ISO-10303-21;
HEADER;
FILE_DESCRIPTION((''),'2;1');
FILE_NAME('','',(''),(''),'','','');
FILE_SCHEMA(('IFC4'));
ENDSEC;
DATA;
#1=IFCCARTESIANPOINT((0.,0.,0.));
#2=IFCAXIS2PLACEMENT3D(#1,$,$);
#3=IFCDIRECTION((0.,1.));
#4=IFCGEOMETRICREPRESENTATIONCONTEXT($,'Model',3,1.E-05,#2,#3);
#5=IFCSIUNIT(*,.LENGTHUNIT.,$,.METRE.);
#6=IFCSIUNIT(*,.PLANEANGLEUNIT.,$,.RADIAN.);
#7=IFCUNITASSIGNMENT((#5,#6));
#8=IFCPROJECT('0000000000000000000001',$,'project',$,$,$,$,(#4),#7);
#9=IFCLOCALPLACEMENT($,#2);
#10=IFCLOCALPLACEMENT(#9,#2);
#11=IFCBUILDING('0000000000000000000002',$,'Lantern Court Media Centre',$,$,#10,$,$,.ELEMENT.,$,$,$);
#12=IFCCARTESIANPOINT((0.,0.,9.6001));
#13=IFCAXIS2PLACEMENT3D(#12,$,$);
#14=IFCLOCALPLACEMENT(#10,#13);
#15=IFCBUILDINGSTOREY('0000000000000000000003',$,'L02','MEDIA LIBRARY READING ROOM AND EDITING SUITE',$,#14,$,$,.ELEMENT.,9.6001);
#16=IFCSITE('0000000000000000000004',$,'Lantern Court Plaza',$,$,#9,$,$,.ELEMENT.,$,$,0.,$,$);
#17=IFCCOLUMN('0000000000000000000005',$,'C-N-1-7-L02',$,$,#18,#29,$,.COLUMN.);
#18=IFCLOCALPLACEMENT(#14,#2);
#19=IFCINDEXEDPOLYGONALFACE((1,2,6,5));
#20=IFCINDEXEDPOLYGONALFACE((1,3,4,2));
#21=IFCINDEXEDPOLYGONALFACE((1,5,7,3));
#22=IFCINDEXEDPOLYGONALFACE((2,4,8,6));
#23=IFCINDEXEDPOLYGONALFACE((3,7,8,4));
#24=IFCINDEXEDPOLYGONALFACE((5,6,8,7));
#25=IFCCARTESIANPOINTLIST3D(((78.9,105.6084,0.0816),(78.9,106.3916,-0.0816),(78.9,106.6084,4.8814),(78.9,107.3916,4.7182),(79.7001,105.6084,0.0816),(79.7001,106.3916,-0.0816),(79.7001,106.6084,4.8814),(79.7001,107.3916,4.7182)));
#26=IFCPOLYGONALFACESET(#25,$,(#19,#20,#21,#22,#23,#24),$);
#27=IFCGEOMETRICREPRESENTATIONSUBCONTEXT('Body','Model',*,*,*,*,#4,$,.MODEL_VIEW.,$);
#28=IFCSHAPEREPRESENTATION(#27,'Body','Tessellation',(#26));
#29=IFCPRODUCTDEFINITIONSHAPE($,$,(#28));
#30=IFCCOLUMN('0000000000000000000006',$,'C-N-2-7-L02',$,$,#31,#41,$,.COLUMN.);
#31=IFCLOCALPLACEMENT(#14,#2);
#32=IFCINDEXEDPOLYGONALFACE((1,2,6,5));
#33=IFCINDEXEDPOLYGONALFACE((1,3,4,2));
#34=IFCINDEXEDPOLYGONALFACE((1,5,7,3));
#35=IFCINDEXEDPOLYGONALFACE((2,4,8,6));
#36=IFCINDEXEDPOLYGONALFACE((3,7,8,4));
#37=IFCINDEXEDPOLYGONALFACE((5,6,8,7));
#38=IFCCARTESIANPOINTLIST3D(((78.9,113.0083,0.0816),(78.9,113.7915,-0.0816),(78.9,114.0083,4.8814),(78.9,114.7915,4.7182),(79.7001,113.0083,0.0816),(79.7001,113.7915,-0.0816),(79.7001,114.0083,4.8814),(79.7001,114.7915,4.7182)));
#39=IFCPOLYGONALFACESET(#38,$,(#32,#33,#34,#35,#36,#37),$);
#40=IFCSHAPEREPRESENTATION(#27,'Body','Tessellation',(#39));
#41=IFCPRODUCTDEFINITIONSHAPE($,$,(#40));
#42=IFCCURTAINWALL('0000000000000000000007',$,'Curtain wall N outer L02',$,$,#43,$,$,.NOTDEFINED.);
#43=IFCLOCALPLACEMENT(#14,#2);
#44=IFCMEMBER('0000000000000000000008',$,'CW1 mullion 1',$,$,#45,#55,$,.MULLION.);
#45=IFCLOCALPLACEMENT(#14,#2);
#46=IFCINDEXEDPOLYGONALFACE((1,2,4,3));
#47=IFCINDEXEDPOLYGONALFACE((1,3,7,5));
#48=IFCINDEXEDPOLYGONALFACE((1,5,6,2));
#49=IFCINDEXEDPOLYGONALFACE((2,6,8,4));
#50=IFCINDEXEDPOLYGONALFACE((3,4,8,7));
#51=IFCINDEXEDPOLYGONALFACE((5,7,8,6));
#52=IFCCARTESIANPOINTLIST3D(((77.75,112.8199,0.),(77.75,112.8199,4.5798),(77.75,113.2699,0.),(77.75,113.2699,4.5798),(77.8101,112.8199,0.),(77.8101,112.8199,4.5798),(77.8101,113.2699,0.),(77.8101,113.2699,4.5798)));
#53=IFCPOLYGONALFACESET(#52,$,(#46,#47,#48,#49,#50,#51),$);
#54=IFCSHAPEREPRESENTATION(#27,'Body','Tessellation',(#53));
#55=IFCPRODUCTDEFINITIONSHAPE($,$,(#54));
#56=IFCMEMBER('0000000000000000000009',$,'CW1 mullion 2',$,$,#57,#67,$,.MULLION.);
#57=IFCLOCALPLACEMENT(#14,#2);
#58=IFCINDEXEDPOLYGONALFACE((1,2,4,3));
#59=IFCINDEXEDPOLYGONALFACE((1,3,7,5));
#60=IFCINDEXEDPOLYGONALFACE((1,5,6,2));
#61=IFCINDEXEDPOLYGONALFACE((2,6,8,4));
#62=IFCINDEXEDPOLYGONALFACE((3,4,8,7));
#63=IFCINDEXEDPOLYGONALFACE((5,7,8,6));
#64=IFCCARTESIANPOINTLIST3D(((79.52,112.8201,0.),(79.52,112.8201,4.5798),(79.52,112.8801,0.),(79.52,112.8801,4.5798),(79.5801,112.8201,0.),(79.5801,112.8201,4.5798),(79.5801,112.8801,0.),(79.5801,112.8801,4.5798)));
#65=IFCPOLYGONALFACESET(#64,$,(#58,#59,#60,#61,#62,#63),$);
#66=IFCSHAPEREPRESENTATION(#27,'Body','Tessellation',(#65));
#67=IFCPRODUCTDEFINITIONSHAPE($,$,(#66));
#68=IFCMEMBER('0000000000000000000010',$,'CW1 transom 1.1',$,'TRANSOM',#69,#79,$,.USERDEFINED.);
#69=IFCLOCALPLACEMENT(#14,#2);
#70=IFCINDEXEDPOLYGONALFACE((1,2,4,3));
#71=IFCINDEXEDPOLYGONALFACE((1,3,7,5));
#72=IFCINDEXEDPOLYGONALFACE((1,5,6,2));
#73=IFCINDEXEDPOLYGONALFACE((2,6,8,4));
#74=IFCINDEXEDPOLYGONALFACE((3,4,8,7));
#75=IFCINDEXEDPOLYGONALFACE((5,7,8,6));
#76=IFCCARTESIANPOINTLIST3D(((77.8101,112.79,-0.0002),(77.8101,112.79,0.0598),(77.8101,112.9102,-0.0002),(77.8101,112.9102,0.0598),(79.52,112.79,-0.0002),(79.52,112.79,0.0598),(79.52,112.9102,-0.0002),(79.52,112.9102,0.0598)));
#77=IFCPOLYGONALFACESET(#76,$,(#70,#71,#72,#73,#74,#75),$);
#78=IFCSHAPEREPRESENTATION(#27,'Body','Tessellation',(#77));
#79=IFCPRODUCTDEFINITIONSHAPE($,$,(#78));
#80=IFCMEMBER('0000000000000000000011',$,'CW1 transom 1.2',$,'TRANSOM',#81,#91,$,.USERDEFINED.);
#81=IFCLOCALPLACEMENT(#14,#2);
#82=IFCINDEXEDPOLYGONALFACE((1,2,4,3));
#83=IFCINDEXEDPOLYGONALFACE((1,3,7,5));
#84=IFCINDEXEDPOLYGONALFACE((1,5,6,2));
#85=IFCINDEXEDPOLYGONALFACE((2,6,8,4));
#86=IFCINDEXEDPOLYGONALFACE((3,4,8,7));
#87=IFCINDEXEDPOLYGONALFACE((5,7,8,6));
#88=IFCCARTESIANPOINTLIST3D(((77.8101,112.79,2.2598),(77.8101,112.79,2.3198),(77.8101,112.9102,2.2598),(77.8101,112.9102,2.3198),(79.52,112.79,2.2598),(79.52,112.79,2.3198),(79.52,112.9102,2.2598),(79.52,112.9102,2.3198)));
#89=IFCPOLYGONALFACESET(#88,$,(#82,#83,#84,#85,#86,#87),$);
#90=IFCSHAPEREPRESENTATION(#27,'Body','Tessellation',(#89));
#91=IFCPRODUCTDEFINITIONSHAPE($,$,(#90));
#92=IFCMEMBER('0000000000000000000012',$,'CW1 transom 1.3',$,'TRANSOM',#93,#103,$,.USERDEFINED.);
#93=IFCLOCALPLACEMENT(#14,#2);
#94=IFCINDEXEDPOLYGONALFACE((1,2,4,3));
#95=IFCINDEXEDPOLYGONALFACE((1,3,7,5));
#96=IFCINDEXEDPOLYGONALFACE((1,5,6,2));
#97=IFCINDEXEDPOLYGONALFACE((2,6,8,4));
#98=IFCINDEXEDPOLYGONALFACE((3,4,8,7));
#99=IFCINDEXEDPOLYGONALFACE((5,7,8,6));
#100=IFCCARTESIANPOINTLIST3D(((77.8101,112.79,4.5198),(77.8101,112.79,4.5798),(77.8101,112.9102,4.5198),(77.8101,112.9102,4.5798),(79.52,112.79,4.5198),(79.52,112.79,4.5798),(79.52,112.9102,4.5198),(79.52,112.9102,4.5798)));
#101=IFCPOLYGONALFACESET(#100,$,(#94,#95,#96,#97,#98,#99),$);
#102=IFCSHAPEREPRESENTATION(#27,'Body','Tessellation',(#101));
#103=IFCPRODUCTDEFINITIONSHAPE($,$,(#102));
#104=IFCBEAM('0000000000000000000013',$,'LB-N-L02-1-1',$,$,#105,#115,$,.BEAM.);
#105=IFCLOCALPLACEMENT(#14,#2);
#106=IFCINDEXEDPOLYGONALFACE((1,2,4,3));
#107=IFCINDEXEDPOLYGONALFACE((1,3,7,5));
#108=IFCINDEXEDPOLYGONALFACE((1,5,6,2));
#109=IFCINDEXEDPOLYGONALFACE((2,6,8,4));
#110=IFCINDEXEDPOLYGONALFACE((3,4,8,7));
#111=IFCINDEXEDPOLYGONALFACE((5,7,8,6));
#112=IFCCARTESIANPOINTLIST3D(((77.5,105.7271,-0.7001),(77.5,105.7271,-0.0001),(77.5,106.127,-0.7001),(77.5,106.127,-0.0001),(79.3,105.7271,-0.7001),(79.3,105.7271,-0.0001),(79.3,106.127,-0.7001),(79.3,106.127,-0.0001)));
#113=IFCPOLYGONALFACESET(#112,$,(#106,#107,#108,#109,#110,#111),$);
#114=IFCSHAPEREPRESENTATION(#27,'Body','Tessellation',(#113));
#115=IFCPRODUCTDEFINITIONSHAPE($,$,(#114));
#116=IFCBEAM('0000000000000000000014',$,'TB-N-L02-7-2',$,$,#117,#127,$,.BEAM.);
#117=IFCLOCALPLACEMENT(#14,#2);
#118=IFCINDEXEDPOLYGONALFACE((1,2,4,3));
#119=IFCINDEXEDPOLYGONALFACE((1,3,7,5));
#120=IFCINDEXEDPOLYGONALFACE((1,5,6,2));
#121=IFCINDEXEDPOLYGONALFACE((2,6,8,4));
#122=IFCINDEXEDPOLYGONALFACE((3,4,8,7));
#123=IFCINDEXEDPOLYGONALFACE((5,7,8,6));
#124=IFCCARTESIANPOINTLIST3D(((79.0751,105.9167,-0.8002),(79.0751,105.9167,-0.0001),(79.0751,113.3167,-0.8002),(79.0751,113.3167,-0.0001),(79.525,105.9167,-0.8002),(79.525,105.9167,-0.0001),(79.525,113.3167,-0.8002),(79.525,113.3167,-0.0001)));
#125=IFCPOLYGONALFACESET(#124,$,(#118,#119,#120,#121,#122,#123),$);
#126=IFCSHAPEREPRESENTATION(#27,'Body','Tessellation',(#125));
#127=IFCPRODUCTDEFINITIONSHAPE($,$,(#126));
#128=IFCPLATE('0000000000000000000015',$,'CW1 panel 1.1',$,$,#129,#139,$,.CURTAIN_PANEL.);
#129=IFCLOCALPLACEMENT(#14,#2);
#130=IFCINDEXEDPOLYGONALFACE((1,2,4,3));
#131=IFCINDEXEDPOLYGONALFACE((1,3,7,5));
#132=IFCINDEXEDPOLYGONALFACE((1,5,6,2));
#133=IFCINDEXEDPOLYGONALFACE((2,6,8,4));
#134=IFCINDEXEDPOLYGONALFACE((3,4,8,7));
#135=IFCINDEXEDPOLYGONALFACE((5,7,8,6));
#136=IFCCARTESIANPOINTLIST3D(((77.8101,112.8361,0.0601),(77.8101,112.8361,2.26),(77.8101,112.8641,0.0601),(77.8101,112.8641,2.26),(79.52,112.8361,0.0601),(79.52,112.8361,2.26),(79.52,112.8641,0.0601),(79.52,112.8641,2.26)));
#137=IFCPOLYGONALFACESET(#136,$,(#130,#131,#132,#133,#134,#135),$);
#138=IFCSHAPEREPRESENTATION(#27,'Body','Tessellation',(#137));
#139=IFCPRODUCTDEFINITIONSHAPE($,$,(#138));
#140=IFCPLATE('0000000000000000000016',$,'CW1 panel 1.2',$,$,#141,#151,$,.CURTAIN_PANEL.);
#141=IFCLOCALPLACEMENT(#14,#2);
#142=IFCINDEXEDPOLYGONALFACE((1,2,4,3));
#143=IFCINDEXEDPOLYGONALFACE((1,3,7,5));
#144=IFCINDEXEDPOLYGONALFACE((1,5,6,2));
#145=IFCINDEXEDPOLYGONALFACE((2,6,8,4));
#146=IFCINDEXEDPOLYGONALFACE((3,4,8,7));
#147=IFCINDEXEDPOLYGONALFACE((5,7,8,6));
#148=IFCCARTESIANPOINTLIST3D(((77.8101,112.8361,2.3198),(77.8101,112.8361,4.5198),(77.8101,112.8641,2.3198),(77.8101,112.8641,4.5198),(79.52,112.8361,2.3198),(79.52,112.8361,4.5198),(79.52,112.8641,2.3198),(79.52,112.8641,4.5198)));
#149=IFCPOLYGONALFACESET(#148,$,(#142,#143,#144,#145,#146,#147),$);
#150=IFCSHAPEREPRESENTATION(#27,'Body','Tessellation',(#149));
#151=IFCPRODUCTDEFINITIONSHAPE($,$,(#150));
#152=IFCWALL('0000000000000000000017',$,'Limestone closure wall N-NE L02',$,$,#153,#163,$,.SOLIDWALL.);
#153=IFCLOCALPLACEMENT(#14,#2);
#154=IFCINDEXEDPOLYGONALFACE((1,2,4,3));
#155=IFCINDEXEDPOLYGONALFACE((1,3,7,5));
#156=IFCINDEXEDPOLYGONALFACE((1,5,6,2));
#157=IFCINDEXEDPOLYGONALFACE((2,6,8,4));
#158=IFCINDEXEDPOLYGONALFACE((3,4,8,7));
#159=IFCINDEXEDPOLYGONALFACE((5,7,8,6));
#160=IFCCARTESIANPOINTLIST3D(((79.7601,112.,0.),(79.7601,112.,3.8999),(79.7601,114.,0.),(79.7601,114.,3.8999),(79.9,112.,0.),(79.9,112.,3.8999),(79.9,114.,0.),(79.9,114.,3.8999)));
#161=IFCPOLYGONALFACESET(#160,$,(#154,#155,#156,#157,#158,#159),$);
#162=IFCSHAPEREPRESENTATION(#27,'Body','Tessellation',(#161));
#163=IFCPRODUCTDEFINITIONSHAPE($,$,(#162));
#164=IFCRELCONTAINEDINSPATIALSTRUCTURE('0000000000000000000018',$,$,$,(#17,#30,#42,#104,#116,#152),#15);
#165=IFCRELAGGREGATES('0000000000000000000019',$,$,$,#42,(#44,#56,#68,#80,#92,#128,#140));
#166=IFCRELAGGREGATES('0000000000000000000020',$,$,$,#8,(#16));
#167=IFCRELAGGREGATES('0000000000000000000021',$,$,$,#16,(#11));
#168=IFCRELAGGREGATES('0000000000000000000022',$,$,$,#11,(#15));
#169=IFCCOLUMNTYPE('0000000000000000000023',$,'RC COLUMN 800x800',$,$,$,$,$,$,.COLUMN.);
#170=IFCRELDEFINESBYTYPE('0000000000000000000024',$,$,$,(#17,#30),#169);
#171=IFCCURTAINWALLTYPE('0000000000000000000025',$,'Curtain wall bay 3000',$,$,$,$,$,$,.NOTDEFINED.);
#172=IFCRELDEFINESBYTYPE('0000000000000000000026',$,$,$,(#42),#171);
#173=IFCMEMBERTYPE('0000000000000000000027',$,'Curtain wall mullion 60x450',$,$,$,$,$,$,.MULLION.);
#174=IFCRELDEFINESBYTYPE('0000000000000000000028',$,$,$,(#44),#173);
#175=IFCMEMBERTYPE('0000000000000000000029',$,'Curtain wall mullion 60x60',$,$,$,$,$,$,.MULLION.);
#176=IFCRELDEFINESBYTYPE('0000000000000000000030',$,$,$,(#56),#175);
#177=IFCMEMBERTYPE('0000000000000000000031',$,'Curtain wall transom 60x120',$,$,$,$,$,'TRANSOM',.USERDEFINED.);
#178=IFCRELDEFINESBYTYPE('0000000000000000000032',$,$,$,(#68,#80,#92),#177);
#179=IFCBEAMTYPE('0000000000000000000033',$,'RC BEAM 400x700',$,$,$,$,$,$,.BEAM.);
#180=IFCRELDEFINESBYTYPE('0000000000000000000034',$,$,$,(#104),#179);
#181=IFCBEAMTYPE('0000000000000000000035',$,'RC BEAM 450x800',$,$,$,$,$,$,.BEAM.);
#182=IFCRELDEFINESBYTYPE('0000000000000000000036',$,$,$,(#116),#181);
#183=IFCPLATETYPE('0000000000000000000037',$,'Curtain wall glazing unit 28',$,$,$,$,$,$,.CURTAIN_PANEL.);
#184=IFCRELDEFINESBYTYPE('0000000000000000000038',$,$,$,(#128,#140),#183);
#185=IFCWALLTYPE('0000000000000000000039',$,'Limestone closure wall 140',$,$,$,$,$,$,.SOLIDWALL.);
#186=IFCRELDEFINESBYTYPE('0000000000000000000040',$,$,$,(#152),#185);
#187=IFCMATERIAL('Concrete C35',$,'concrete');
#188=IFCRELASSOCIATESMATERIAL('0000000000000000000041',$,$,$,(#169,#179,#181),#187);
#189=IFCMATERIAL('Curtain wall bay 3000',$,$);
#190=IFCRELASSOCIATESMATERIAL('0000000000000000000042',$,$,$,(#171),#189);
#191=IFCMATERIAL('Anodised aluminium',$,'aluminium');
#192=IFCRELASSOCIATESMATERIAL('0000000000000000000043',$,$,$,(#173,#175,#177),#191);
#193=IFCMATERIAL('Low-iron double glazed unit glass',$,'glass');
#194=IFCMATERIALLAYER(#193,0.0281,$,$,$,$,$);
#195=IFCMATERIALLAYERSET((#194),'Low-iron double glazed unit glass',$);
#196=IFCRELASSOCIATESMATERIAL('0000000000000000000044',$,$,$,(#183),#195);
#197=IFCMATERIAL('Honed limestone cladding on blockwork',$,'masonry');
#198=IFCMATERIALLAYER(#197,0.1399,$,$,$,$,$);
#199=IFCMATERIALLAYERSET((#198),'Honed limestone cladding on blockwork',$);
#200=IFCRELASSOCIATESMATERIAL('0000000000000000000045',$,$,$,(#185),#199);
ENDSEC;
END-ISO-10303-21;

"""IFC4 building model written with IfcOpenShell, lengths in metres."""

from ifc_helpers import new_model, si_unit, direction, frame, frame_2d, origin, origin_2d, place, context, subcontext, project, spatial, rectangle, extrude, material, layer, layer_set, material_profile, profile_set, type_object, element, aggregate, save


model = new_model("IFC4")

# Units and contexts
model_context = context("Model", 3, precision=1e-05, world=origin(), true_north=direction((0.0, 1.0)))
body_context = subcontext(model_context, "Body", "Model", "MODEL_VIEW")
ifc_project = project(units=[si_unit("LENGTHUNIT", "METRE"), si_unit("PLANEANGLEUNIT", "RADIAN")], contexts=[model_context])

# Site, building, storey
site_placement = place(None, origin())
site = spatial("IfcSite", under=ifc_project, at=site_placement, Name="Lantern Court Plaza", CompositionType="ELEMENT", RefElevation=0.0)
building_placement = place(site_placement, origin())
building = spatial("IfcBuilding", under=site, at=building_placement, Name="Lantern Court Media Centre", CompositionType="ELEMENT")
storey_placement = place(building_placement, frame((0.0, 0.0, 9.6001)))
storey = spatial("IfcBuildingStorey", under=building, at=storey_placement, Name="L02", Description="MEDIA LIBRARY READING ROOM AND EDITING SUITE", CompositionType="ELEMENT", Elevation=9.6001)

# Columns
ifc_material_1 = material(Name="Concrete C35", Category="concrete")
ifc_material_profile_1 = material_profile(ifc_material_1, rectangle(XDim=0.8, YDim=0.8, at=origin_2d()), Name="RC 800x800")
ifc_profile_set_1 = profile_set([ifc_material_profile_1], Name="Concrete C35")
column_type = type_object("IfcColumnType", Name="RC COLUMN 800x800", PredefinedType="COLUMN", material=ifc_profile_set_1)
for number, where, z_axis, x_axis, name in (
    (1, (79.3, 106.0, 0.0), (0.0, 0.203962, 0.978979), (-1.0, 0.0, 0.0), "C-N-1-7-L02"),
    (2, (79.3, 113.3999, 0.0), (0.0, 0.203962, 0.978979), (-1.0, 0.0, 0.0), "C-N-2-7-L02"),
):
    element("IfcColumn", number, at=place(storey_placement, frame(where, z_axis=z_axis, x_axis=x_axis)), inside=storey, type_object=column_type, Name=name, PredefinedType="COLUMN", context=body_context, shape_type="SweptSolid", body=[
        extrude(rectangle(XDim=0.8, YDim=0.8, at=origin_2d()), origin(), (0.0, 0.0, 1.0), 4.9028),
    ])

# Curtain wall, members
ifc_material_2 = material(Name="Curtain wall bay 3000")
curtain_wall_type = type_object("IfcCurtainWallType", Name="Curtain wall bay 3000", PredefinedType="NOTDEFINED", material=ifc_material_2)
curtain_wall_placement = place(storey_placement, origin())
curtain_wall = element("IfcCurtainWall", 3, at=curtain_wall_placement, inside=storey, type_object=curtain_wall_type, Name="Curtain wall N outer L02", PredefinedType="NOTDEFINED")
ifc_material_3 = material(Name="Anodised aluminium", Category="aluminium")
ifc_material_profile_2 = material_profile(ifc_material_3, rectangle(XDim=0.45, YDim=0.0601, at=origin_2d()), Name="AL 60x450")
ifc_profile_set_2 = profile_set([ifc_material_profile_2], Name="Anodised aluminium")
member_type_1 = type_object("IfcMemberType", Name="Curtain wall mullion 60x450", PredefinedType="MULLION", material=ifc_profile_set_2)
member_1_placement = place(storey_placement, frame((77.78, 113.0449, 0.0), z_axis=(0.0, 0.0, 1.0), x_axis=(0.0, 1.0, 0.0)))
member_1 = element("IfcMember", 4, at=member_1_placement, type_object=member_type_1, Name="CW1 mullion 1", PredefinedType="MULLION", context=body_context, shape_type="SweptSolid", body=[
    extrude(rectangle(XDim=0.45, YDim=0.0601, at=origin_2d()), origin(), (0.0, 0.0, 1.0), 4.5798),
])
ifc_material_profile_3 = material_profile(ifc_material_3, rectangle(XDim=0.0601, YDim=0.0601, at=origin_2d()), Name="AL 60x60")
ifc_profile_set_3 = profile_set([ifc_material_profile_3], Name="Anodised aluminium")
member_type_2 = type_object("IfcMemberType", Name="Curtain wall mullion 60x60", PredefinedType="MULLION", material=ifc_profile_set_3)
member_2_placement = place(storey_placement, frame((79.55, 112.8501, 0.0), z_axis=(0.0, 0.0, 1.0), x_axis=(0.0, 1.0, 0.0)))
member_2 = element("IfcMember", 5, at=member_2_placement, type_object=member_type_2, Name="CW1 mullion 2", PredefinedType="MULLION", context=body_context, shape_type="SweptSolid", body=[
    extrude(rectangle(XDim=0.0601, YDim=0.0601, at=origin_2d()), origin(), (0.0, 0.0, 1.0), 4.5798),
])
ifc_material_profile_4 = material_profile(ifc_material_3, rectangle(XDim=0.1201, YDim=0.0601, at=origin_2d()), Name="AL 60x120")
ifc_profile_set_4 = profile_set([ifc_material_profile_4], Name="Anodised aluminium")
member_type_3 = type_object("IfcMemberType", Name="Curtain wall transom 60x120", ElementType="TRANSOM", PredefinedType="USERDEFINED", material=ifc_profile_set_4)
member_3_placement = place(storey_placement, frame((77.8101, 112.8501, 0.0298), z_axis=(1.0, 0.0, 0.0), x_axis=(0.0, 1.0, 0.0)))
member_3 = element("IfcMember", 6, at=member_3_placement, type_object=member_type_3, Name="CW1 transom 1.1", ObjectType="TRANSOM", PredefinedType="USERDEFINED", context=body_context, shape_type="SweptSolid", body=[
    extrude(rectangle(XDim=0.1201, YDim=0.0601, at=origin_2d()), origin(), (0.0, 0.0, 1.0), 1.71),
])
member_4_placement = place(storey_placement, frame((77.8101, 112.8501, 2.2898), z_axis=(1.0, 0.0, 0.0), x_axis=(0.0, 1.0, 0.0)))
member_4 = element("IfcMember", 7, at=member_4_placement, type_object=member_type_3, Name="CW1 transom 1.2", ObjectType="TRANSOM", PredefinedType="USERDEFINED", context=body_context, shape_type="SweptSolid", body=[
    extrude(rectangle(XDim=0.1201, YDim=0.0601, at=origin_2d()), origin(), (0.0, 0.0, 1.0), 1.71),
])
member_5_placement = place(storey_placement, frame((77.8101, 112.8501, 4.5498), z_axis=(1.0, 0.0, 0.0), x_axis=(0.0, 1.0, 0.0)))
member_5 = element("IfcMember", 8, at=member_5_placement, type_object=member_type_3, Name="CW1 transom 1.3", ObjectType="TRANSOM", PredefinedType="USERDEFINED", context=body_context, shape_type="SweptSolid", body=[
    extrude(rectangle(XDim=0.1201, YDim=0.0601, at=origin_2d()), origin(), (0.0, 0.0, 1.0), 1.71),
])

# Beams
ifc_material_profile_5 = material_profile(ifc_material_1, rectangle(XDim=0.3999, YDim=0.7, at=origin_2d()), Name="RC 400x700")
ifc_profile_set_5 = profile_set([ifc_material_profile_5], Name="Concrete C35")
beam_type_1 = type_object("IfcBeamType", Name="RC BEAM 400x700", PredefinedType="BEAM", material=ifc_profile_set_5)
beam_1_placement = place(storey_placement, frame((77.5, 105.927, -0.3501), z_axis=(1.0, 0.0, 0.0), x_axis=(0.0, 1.0, 0.0)))
element("IfcBeam", 9, at=beam_1_placement, inside=storey, type_object=beam_type_1, Name="LB-N-L02-1-1", PredefinedType="BEAM", context=body_context, shape_type="SweptSolid", body=[
    extrude(rectangle(XDim=0.3999, YDim=0.7, at=origin_2d()), origin(), (0.0, 0.0, 1.0), 1.8),
])
ifc_material_profile_6 = material_profile(ifc_material_1, rectangle(XDim=0.45, YDim=0.8, at=origin_2d()), Name="RC 450x800")
ifc_profile_set_6 = profile_set([ifc_material_profile_6], Name="Concrete C35")
beam_type_2 = type_object("IfcBeamType", Name="RC BEAM 450x800", PredefinedType="BEAM", material=ifc_profile_set_6)
beam_2_placement = place(storey_placement, frame((79.3, 105.9167, -0.4001), z_axis=(0.0, 1.0, 0.0), x_axis=(-1.0, 0.0, 0.0)))
element("IfcBeam", 10, at=beam_2_placement, inside=storey, type_object=beam_type_2, Name="TB-N-L02-7-2", PredefinedType="BEAM", context=body_context, shape_type="SweptSolid", body=[
    extrude(rectangle(XDim=0.45, YDim=0.8, at=origin_2d()), origin(), (0.0, 0.0, 1.0), 7.3999),
])

# Plates
ifc_material_4 = material(Name="Low-iron double glazed unit glass", Category="glass")
ifc_layer_1 = layer(ifc_material_4, 0.0281)
ifc_layer_set_1 = layer_set([ifc_layer_1], Name="Low-iron double glazed unit glass")
plate_type = type_object("IfcPlateType", Name="Curtain wall glazing unit 28", PredefinedType="CURTAIN_PANEL", material=ifc_layer_set_1)
plate_1_placement = place(storey_placement, frame((78.665, 112.8501, 0.0601), z_axis=(0.0, 0.0, 1.0), x_axis=(1.0, 0.0, 0.0)))
plate_1 = element("IfcPlate", 11, at=plate_1_placement, type_object=plate_type, Name="CW1 panel 1.1", PredefinedType="CURTAIN_PANEL", context=body_context, shape_type="SweptSolid", body=[
    extrude(rectangle(XDim=1.71, YDim=0.0281, at=origin_2d()), origin(), (0.0, 0.0, 1.0), 2.2),
])
plate_2_placement = place(storey_placement, frame((78.665, 112.8501, 2.3198), z_axis=(0.0, 0.0, 1.0), x_axis=(1.0, 0.0, 0.0)))
plate_2 = element("IfcPlate", 12, at=plate_2_placement, type_object=plate_type, Name="CW1 panel 1.2", PredefinedType="CURTAIN_PANEL", context=body_context, shape_type="SweptSolid", body=[
    extrude(rectangle(XDim=1.71, YDim=0.0281, at=origin_2d()), origin(), (0.0, 0.0, 1.0), 2.2),
])
aggregate(curtain_wall, [member_1, member_2, member_3, member_4, member_5, plate_1, plate_2])

# Wall
ifc_material_5 = material(Name="Honed limestone cladding on blockwork", Category="masonry")
ifc_layer_2 = layer(ifc_material_5, 0.1399)
ifc_layer_set_2 = layer_set([ifc_layer_2], Name="Honed limestone cladding on blockwork")
wall_type_1 = type_object("IfcWallType", Name="Limestone closure wall 140", PredefinedType="SOLIDWALL", material=ifc_layer_set_2)
wall_1_placement = place(storey_placement, frame((79.8301, 112.0, 0.0), z_axis=(0.0, 0.0, 1.0), x_axis=(0.0, 1.0, 0.0)))
element("IfcWall", 13, at=wall_1_placement, inside=storey, type_object=wall_type_1, Name="Limestone closure wall N-NE L02", PredefinedType="SOLIDWALL", context=body_context, shape_type="SweptSolid", body=[
    extrude(rectangle(XDim=2.0, YDim=0.1399, at=frame_2d((1.0, 0.0))), origin(), (0.0, 0.0, 1.0), 3.8999),
])

save(model, "model.ifc")
